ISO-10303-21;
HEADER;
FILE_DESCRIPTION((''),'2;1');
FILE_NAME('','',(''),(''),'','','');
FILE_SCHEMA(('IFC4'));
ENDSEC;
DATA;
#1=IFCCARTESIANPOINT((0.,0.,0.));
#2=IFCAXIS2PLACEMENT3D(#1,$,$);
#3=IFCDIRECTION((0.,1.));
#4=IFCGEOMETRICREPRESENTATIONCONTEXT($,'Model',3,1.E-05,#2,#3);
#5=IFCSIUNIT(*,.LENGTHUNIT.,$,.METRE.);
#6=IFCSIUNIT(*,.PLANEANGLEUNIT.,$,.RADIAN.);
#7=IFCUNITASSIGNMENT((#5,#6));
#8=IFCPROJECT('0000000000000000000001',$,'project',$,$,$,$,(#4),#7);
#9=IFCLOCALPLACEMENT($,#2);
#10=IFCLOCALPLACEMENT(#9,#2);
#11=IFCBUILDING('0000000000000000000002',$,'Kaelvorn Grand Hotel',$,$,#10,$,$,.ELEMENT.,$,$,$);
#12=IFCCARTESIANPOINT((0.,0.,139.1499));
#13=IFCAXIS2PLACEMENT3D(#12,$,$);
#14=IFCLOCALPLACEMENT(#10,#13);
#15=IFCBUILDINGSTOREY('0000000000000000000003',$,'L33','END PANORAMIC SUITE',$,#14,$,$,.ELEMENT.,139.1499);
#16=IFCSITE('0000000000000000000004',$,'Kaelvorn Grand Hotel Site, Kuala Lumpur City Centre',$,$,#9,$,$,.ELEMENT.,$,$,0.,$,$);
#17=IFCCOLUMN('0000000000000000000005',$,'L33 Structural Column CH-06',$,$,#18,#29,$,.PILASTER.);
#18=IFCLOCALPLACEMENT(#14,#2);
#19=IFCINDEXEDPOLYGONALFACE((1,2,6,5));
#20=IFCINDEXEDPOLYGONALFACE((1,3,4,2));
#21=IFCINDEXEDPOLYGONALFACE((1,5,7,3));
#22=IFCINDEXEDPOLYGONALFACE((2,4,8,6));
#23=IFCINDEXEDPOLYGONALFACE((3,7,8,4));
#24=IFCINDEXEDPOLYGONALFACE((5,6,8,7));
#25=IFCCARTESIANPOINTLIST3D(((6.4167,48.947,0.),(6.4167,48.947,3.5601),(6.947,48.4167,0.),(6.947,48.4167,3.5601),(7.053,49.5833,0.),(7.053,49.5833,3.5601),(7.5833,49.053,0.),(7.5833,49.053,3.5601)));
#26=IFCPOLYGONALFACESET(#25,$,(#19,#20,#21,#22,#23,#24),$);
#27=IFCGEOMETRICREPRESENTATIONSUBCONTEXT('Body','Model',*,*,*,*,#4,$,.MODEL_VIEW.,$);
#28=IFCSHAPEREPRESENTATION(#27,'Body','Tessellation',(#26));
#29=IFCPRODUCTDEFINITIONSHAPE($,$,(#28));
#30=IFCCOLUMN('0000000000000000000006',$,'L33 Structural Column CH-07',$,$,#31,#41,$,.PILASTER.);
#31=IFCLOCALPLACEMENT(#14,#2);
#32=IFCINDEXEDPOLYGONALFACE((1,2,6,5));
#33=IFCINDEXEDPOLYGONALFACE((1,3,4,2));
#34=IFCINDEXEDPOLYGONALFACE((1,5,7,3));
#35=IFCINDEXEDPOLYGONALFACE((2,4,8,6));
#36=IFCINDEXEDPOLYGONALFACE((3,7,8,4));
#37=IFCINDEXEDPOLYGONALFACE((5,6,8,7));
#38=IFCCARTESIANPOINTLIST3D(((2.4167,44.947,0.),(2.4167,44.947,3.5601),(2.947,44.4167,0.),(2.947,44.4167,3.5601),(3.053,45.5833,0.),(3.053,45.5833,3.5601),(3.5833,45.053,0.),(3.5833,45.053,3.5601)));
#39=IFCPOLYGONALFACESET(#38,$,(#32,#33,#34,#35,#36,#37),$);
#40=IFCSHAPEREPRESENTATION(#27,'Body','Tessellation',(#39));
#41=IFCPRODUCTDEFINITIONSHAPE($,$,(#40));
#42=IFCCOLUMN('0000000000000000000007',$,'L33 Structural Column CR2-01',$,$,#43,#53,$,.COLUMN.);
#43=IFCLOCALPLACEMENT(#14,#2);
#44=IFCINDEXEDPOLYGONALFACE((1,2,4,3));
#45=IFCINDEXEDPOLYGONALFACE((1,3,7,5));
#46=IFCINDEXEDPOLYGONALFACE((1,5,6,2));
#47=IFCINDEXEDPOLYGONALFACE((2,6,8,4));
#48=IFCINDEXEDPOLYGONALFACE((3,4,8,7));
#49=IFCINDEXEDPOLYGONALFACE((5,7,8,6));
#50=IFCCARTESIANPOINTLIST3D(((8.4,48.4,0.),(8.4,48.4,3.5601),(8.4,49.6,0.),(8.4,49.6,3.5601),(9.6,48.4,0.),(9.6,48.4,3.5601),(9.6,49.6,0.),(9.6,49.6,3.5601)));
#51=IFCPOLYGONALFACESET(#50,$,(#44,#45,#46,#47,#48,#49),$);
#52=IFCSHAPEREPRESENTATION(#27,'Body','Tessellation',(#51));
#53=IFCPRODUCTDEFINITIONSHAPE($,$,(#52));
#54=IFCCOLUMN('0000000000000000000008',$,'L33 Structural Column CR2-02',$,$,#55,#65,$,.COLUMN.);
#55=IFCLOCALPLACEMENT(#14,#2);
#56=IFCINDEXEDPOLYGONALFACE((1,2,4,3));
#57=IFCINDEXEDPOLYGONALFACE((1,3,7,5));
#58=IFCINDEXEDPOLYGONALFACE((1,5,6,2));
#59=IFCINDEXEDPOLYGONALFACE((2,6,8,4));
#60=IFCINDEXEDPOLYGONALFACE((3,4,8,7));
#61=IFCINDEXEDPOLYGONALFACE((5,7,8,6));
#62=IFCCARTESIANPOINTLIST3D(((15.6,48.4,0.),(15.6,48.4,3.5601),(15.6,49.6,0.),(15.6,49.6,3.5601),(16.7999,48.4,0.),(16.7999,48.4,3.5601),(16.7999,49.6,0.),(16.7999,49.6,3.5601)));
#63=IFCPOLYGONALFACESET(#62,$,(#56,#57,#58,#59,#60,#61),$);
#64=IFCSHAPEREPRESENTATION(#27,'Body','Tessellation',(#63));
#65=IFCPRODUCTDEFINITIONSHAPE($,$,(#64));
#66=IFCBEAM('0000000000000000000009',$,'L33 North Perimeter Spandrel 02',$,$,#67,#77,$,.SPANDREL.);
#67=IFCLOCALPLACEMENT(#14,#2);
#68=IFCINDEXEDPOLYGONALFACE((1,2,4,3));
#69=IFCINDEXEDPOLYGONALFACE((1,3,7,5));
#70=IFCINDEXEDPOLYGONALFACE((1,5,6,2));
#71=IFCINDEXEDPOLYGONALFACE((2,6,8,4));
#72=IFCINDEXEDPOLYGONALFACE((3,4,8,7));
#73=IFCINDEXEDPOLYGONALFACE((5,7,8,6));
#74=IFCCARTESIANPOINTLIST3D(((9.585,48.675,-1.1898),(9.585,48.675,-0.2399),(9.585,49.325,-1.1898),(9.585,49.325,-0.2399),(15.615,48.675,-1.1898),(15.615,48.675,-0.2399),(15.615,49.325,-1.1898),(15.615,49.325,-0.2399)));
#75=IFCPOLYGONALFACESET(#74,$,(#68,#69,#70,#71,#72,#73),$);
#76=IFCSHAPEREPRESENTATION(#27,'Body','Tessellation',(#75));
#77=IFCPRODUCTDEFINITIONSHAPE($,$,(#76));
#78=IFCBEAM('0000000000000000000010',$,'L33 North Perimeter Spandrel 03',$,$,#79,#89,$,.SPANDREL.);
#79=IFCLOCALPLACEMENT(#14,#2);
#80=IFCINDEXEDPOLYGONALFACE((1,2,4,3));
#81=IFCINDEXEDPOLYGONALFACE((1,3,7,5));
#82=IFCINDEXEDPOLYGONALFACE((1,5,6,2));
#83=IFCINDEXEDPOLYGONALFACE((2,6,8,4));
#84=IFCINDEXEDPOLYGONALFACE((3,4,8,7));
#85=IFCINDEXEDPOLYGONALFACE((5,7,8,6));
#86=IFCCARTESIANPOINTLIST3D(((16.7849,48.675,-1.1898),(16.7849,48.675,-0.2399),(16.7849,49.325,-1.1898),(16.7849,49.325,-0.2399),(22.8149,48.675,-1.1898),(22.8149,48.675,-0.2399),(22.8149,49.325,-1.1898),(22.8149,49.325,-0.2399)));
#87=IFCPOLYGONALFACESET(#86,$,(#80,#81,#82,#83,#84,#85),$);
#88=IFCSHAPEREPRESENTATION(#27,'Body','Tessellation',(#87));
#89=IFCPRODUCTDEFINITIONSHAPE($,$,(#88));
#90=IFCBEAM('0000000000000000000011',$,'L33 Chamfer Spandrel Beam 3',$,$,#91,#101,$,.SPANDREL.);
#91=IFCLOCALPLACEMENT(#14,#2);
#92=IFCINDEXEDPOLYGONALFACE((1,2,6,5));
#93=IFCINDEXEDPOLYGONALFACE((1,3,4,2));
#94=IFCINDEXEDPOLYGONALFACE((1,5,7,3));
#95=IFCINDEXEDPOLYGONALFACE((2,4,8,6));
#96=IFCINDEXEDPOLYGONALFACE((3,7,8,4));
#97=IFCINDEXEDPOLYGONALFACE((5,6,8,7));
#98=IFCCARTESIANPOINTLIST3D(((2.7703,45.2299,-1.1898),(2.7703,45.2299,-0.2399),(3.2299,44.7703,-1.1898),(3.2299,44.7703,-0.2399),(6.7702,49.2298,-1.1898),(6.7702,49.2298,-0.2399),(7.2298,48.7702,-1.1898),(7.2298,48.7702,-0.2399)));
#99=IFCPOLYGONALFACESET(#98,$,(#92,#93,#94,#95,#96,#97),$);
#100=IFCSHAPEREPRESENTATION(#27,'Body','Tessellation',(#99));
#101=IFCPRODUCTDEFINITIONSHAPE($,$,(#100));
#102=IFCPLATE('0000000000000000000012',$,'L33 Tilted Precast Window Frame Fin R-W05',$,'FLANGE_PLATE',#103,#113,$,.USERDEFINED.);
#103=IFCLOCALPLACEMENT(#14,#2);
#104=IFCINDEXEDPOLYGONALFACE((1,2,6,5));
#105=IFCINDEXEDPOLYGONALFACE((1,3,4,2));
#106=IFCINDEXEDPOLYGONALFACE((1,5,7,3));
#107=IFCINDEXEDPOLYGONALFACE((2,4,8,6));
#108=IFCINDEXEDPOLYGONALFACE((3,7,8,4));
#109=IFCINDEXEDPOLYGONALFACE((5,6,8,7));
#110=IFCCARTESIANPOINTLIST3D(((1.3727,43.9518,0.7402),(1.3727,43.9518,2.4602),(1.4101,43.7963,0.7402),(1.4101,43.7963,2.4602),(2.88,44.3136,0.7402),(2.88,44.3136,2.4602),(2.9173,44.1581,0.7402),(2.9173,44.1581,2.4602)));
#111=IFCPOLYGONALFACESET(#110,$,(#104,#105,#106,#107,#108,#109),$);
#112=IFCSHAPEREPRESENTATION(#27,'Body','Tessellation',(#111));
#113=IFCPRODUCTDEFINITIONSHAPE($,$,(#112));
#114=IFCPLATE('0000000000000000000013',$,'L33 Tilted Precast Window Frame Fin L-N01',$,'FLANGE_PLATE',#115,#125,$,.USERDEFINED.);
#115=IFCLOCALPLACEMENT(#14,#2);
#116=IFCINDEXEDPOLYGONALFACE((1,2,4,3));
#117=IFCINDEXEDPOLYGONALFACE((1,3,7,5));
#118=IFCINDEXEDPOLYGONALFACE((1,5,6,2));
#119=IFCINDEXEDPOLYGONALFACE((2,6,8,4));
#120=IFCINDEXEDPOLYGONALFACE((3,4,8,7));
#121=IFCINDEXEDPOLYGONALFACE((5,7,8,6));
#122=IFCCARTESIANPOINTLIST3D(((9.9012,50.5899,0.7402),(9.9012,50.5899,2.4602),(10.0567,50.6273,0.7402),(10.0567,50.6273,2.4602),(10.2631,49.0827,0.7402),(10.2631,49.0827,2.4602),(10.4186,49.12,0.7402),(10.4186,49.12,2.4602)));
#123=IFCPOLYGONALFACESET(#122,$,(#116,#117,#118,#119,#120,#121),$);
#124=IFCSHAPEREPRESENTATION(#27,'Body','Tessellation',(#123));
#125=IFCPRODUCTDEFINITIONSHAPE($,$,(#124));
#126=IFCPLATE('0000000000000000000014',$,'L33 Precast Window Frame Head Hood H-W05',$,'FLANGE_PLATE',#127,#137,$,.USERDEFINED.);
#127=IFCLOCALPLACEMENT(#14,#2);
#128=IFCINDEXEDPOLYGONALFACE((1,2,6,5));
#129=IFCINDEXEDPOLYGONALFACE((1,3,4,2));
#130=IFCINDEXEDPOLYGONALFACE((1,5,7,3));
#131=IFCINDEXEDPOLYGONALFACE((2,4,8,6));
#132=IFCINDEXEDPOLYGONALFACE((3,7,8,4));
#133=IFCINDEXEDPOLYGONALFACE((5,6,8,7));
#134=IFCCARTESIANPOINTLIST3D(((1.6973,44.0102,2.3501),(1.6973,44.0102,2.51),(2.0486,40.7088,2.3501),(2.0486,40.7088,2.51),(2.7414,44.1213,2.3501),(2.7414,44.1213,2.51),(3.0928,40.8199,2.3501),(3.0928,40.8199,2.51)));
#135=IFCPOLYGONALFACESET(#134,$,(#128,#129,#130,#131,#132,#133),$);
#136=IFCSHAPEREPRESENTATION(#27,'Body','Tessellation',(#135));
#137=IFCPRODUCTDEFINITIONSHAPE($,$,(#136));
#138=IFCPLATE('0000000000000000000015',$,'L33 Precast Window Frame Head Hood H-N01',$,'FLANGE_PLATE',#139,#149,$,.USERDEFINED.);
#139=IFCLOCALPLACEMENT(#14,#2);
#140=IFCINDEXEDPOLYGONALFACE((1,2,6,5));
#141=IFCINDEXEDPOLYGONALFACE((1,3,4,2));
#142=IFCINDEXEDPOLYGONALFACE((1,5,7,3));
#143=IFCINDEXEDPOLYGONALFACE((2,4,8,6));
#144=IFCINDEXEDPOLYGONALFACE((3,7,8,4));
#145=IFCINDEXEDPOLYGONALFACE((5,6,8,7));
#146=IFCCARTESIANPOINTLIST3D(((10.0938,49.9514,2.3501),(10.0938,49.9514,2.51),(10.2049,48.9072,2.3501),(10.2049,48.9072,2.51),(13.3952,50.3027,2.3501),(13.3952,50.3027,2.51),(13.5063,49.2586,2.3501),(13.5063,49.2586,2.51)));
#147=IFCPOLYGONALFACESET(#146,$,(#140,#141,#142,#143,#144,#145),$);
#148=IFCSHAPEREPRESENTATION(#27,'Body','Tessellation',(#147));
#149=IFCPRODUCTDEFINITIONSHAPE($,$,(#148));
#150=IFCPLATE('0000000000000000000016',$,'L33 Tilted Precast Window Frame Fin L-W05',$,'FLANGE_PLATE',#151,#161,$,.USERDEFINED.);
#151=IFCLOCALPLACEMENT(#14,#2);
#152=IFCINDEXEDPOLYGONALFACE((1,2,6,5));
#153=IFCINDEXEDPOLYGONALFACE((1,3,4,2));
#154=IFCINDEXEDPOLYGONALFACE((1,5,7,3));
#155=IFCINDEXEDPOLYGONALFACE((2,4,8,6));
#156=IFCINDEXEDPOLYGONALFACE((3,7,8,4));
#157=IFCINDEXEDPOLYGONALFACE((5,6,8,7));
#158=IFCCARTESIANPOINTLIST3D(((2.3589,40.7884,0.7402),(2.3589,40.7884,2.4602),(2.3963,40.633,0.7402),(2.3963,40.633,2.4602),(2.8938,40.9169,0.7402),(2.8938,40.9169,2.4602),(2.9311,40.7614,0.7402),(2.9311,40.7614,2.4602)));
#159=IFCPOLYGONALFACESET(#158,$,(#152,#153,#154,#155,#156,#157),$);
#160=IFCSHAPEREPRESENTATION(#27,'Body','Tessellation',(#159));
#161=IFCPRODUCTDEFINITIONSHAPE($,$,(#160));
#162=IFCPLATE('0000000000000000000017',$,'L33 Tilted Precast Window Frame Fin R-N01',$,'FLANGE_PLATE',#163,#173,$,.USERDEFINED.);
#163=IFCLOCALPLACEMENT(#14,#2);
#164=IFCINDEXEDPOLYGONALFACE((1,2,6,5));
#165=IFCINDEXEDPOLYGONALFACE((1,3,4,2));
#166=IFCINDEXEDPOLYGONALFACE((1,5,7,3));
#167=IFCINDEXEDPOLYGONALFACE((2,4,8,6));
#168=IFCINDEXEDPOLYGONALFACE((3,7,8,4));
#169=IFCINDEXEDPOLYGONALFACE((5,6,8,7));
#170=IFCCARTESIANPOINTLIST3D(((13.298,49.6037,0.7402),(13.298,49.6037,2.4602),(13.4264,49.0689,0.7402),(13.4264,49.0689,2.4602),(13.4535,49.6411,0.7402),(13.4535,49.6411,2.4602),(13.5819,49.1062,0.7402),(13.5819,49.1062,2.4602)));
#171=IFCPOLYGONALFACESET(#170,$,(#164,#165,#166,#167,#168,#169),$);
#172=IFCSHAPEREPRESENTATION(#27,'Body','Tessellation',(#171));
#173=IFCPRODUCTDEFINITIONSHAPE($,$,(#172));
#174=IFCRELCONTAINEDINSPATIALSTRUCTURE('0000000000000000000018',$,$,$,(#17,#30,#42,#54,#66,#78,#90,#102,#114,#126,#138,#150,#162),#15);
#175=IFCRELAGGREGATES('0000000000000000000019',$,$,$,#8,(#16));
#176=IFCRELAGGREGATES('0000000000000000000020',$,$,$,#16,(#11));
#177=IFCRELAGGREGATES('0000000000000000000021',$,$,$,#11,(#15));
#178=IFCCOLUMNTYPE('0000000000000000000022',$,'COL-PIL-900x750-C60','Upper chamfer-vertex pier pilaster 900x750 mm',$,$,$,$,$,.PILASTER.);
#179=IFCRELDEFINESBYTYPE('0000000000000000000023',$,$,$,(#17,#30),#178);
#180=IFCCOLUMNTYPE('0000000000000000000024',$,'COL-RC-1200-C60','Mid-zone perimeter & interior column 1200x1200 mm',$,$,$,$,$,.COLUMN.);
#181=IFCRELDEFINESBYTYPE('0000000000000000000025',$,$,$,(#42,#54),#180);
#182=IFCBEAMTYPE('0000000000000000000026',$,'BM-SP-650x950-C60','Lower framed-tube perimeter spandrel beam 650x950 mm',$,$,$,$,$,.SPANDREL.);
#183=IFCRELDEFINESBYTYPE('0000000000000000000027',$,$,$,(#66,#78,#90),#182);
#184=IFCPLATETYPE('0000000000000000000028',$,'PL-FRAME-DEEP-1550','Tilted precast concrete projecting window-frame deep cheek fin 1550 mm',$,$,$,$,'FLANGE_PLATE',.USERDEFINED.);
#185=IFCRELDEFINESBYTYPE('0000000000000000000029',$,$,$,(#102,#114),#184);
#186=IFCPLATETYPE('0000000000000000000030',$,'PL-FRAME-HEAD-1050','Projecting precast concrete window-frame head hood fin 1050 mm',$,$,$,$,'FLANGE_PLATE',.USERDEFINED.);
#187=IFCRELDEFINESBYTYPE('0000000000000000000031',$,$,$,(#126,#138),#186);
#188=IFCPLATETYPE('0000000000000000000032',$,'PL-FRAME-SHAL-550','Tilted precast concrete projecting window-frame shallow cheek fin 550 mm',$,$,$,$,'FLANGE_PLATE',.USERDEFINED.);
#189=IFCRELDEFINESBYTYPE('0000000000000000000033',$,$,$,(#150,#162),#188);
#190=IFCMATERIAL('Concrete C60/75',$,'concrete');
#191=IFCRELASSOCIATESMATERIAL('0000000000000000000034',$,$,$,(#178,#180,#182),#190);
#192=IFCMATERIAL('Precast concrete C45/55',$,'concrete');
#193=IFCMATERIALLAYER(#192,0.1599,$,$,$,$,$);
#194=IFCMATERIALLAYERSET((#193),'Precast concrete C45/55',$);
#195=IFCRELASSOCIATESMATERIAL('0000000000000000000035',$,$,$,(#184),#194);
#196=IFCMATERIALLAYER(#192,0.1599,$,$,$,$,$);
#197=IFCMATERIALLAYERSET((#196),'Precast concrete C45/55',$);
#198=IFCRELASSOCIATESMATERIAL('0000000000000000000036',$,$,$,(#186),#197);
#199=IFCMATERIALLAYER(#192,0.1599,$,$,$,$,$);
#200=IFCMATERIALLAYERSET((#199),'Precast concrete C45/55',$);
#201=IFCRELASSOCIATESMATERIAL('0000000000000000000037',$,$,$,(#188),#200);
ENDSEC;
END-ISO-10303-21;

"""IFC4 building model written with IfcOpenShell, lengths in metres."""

from ifc_helpers import new_model, si_unit, direction, frame, origin, origin_2d, place, context, subcontext, project, spatial, rectangle, extrude, material, layer, layer_set, material_profile, profile_set, type_object, element, save


model = new_model("IFC4")

# Units and contexts
model_context = context("Model", 3, precision=1e-05, world=origin(), true_north=direction((0.0, 1.0)))
body_context = subcontext(model_context, "Body", "Model", "MODEL_VIEW")
ifc_project = project(units=[si_unit("LENGTHUNIT", "METRE"), si_unit("PLANEANGLEUNIT", "RADIAN")], contexts=[model_context])

# Site, building, storey
site_placement = place(None, origin())
site = spatial("IfcSite", under=ifc_project, at=site_placement, Name="Kaelvorn Grand Hotel Site, Kuala Lumpur City Centre", CompositionType="ELEMENT", RefElevation=0.0)
building_placement = place(site_placement, origin())
building = spatial("IfcBuilding", under=site, at=building_placement, Name="Kaelvorn Grand Hotel", CompositionType="ELEMENT")
storey_placement = place(building_placement, frame((0.0, 0.0, 139.1499)))
storey = spatial("IfcBuildingStorey", under=building, at=storey_placement, Name="L33", Description="END PANORAMIC SUITE", CompositionType="ELEMENT", Elevation=139.1499)

# Columns
ifc_material_1 = material(Name="Concrete C60/75", Category="concrete")
ifc_material_profile_1 = material_profile(ifc_material_1, rectangle(XDim=0.8999, YDim=0.75, at=origin_2d()), Name="RC PILASTER 900x750")
ifc_profile_set_1 = profile_set([ifc_material_profile_1], Name="Concrete C60/75")
column_type_1 = type_object("IfcColumnType", Name="COL-PIL-900x750-C60", Description="Upper chamfer-vertex pier pilaster 900x750 mm", PredefinedType="PILASTER", material=ifc_profile_set_1)
for number, where, z_axis, x_axis, name in (
    (1, (7.0, 49.0, 0.0), (0.0, 0.0, 1.0), (0.707107, 0.707107, 0.0), "L33 Structural Column CH-06"),
    (2, (3.0, 45.0, 0.0), (0.0, 0.0, 1.0), (0.707107, 0.707107, 0.0), "L33 Structural Column CH-07"),
):
    element("IfcColumn", number, at=place(storey_placement, frame(where, z_axis=z_axis, x_axis=x_axis)), inside=storey, type_object=column_type_1, Name=name, PredefinedType="PILASTER", context=body_context, shape_type="SweptSolid", body=[
        extrude(rectangle(XDim=0.8999, YDim=0.75, at=origin_2d()), origin(), (0.0, 0.0, 1.0), 3.5601),
    ])
ifc_material_profile_2 = material_profile(ifc_material_1, rectangle(XDim=1.2, YDim=1.2, at=origin_2d()), Name="RC COL 1200x1200")
ifc_profile_set_2 = profile_set([ifc_material_profile_2], Name="Concrete C60/75")
column_type_2 = type_object("IfcColumnType", Name="COL-RC-1200-C60", Description="Mid-zone perimeter & interior column 1200x1200 mm", PredefinedType="COLUMN", material=ifc_profile_set_2)
for number, where, z_axis, x_axis, name in (
    (3, (9.0, 49.0, 0.0), (0.0, 0.0, 1.0), (1.0, 0.0, 0.0), "L33 Structural Column CR2-01"),
    (4, (16.2, 49.0, 0.0), (0.0, 0.0, 1.0), (1.0, 0.0, 0.0), "L33 Structural Column CR2-02"),
):
    element("IfcColumn", number, at=place(storey_placement, frame(where, z_axis=z_axis, x_axis=x_axis)), inside=storey, type_object=column_type_2, Name=name, PredefinedType="COLUMN", context=body_context, shape_type="SweptSolid", body=[
        extrude(rectangle(XDim=1.2, YDim=1.2, at=origin_2d()), origin(), (0.0, 0.0, 1.0), 3.5601),
    ])

# Beams
ifc_material_profile_3 = material_profile(ifc_material_1, rectangle(XDim=0.6499, YDim=0.95, at=origin_2d()), Name="RC SPANDREL 650x950")
ifc_profile_set_3 = profile_set([ifc_material_profile_3], Name="Concrete C60/75")
beam_type = type_object("IfcBeamType", Name="BM-SP-650x950-C60", Description="Lower framed-tube perimeter spandrel beam 650x950 mm", PredefinedType="SPANDREL", material=ifc_profile_set_3)
for number, where, z_axis, x_axis, name in (
    (5, (9.585, 49.0, -0.7148), (1.0, 0.0, 0.0), (0.0, 1.0, 0.0), "L33 North Perimeter Spandrel 02"),
    (6, (16.7849, 49.0, -0.7148), (1.0, 0.0, 0.0), (0.0, 1.0, 0.0), "L33 North Perimeter Spandrel 03"),
):
    element("IfcBeam", number, at=place(storey_placement, frame(where, z_axis=z_axis, x_axis=x_axis)), inside=storey, type_object=beam_type, Name=name, PredefinedType="SPANDREL", context=body_context, shape_type="SweptSolid", body=[
        extrude(rectangle(XDim=0.6499, YDim=0.95, at=origin_2d()), origin(), (0.0, 0.0, 1.0), 6.03),
    ])
beam_placement = place(storey_placement, frame((7.0, 49.0, -0.7148), z_axis=(-0.707107, -0.707107, 0.0), x_axis=(0.707107, -0.707107, 0.0)))
element("IfcBeam", 7, at=beam_placement, inside=storey, type_object=beam_type, Name="L33 Chamfer Spandrel Beam 3", PredefinedType="SPANDREL", context=body_context, shape_type="SweptSolid", body=[
    extrude(rectangle(XDim=0.6499, YDim=0.95, at=origin_2d()), origin(), (0.0, 0.0, 1.0), 5.6567),
])

# Plates
ifc_material_2 = material(Name="Precast concrete C45/55", Category="concrete")
ifc_layer_1 = layer(ifc_material_2, 0.1599)
ifc_layer_set_1 = layer_set([ifc_layer_1], Name="Precast concrete C45/55")
plate_type_1 = type_object("IfcPlateType", Name="PL-FRAME-DEEP-1550", Description="Tilted precast concrete projecting window-frame deep cheek fin 1550 mm", ElementType="FLANGE_PLATE", PredefinedType="USERDEFINED", material=ifc_layer_set_1)
for number, where, z_axis, x_axis, name in (
    (8, (2.145, 44.0549, 0.7402), (0.0, 0.0, 1.0), (-0.233445, 0.97237, 0.0), "L33 Tilted Precast Window Frame Fin R-W05"),
    (9, (10.1599, 49.855, 0.7402), (0.0, 0.0, 1.0), (0.97237, 0.233445, 0.0), "L33 Tilted Precast Window Frame Fin L-N01"),
):
    element("IfcPlate", number, at=place(storey_placement, frame(where, z_axis=z_axis, x_axis=x_axis)), inside=storey, type_object=plate_type_1, Name=name, ObjectType="FLANGE_PLATE", PredefinedType="USERDEFINED", context=body_context, shape_type="SweptSolid", body=[
        extrude(rectangle(XDim=0.1599, YDim=1.55, at=origin_2d()), origin(), (0.0, 0.0, 1.0), 1.72),
    ])
ifc_layer_2 = layer(ifc_material_2, 0.1599)
ifc_layer_set_2 = layer_set([ifc_layer_2], Name="Precast concrete C45/55")
plate_type_2 = type_object("IfcPlateType", Name="PL-FRAME-HEAD-1050", Description="Projecting precast concrete window-frame head hood fin 1050 mm", ElementType="FLANGE_PLATE", PredefinedType="USERDEFINED", material=ifc_layer_set_2)
for number, where, z_axis, x_axis, name in (
    (10, (2.395, 42.415, 2.3501), (0.0, 0.0, 1.0), (-0.10583, 0.994384, 0.0), "L33 Precast Window Frame Head Hood H-W05"),
    (11, (11.8, 49.605, 2.3501), (0.0, 0.0, 1.0), (0.994384, 0.10583, 0.0), "L33 Precast Window Frame Head Hood H-N01"),
):
    element("IfcPlate", number, at=place(storey_placement, frame(where, z_axis=z_axis, x_axis=x_axis)), inside=storey, type_object=plate_type_2, Name=name, ObjectType="FLANGE_PLATE", PredefinedType="USERDEFINED", context=body_context, shape_type="SweptSolid", body=[
        extrude(rectangle(XDim=3.3201, YDim=1.05, at=origin_2d()), origin(), (0.0, 0.0, 1.0), 0.1599),
    ])
ifc_layer_3 = layer(ifc_material_2, 0.1599)
ifc_layer_set_3 = layer_set([ifc_layer_3], Name="Precast concrete C45/55")
plate_type_3 = type_object("IfcPlateType", Name="PL-FRAME-SHAL-550", Description="Tilted precast concrete projecting window-frame shallow cheek fin 550 mm", ElementType="FLANGE_PLATE", PredefinedType="USERDEFINED", material=ifc_layer_set_3)
for number, where, z_axis, x_axis, name in (
    (12, (2.645, 40.7749, 0.7402), (0.0, 0.0, 1.0), (-0.233445, 0.97237, 0.0), "L33 Tilted Precast Window Frame Fin L-W05"),
    (13, (13.4399, 49.355, 0.7402), (0.0, 0.0, 1.0), (0.97237, 0.233445, 0.0), "L33 Tilted Precast Window Frame Fin R-N01"),
):
    element("IfcPlate", number, at=place(storey_placement, frame(where, z_axis=z_axis, x_axis=x_axis)), inside=storey, type_object=plate_type_3, Name=name, ObjectType="FLANGE_PLATE", PredefinedType="USERDEFINED", context=body_context, shape_type="SweptSolid", body=[
        extrude(rectangle(XDim=0.1599, YDim=0.55, at=origin_2d()), origin(), (0.0, 0.0, 1.0), 1.72),
    ])

save(model, "model.ifc")
